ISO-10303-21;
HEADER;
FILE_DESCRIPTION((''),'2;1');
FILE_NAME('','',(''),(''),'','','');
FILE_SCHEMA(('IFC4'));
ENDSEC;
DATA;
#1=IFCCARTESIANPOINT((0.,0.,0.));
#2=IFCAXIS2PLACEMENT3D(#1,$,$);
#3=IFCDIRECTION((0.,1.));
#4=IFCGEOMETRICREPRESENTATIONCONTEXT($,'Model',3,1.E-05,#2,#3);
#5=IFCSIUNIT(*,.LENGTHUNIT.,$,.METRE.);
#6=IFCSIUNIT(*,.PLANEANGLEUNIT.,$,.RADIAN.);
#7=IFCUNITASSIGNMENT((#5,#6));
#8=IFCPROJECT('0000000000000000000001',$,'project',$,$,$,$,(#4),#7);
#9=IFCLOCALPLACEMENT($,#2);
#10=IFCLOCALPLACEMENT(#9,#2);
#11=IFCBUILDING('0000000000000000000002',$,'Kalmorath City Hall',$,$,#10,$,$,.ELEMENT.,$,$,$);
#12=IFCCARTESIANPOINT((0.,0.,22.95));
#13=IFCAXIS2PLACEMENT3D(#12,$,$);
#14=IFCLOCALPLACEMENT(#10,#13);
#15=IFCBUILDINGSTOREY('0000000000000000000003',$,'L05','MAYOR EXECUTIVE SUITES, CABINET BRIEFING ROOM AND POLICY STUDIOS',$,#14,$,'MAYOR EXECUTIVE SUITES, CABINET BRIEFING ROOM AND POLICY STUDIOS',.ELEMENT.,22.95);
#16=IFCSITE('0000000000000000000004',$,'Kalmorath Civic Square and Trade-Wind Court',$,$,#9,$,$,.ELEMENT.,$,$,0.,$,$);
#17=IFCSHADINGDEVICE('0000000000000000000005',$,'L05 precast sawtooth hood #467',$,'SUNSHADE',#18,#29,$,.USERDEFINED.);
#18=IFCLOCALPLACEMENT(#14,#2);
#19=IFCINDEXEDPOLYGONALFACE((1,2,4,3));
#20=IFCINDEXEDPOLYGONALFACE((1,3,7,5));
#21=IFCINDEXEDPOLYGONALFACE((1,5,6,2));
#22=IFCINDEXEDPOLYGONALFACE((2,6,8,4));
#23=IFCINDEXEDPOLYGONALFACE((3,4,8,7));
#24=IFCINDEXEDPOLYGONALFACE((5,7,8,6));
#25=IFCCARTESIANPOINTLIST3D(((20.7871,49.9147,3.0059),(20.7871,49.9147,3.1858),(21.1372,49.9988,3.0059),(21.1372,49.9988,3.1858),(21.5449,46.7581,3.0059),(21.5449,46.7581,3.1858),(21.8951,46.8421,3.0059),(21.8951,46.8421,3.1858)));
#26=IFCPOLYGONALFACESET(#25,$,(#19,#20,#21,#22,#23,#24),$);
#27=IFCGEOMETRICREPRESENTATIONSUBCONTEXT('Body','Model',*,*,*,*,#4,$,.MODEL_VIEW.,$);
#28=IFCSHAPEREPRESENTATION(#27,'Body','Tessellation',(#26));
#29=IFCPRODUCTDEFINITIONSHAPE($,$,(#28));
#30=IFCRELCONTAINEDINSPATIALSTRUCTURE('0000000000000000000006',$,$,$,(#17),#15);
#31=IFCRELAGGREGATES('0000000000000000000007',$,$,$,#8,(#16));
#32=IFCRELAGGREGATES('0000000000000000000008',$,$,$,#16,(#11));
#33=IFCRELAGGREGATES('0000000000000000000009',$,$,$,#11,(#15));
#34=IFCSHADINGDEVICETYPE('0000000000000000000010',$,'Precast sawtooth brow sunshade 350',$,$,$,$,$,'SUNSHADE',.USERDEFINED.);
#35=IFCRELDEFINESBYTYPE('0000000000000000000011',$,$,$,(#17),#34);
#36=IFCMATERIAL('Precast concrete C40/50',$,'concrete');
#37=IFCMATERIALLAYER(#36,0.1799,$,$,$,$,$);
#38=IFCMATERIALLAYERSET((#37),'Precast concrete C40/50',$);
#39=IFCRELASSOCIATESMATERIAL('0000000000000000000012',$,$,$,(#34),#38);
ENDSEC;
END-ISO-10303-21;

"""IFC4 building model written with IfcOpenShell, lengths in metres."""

from ifc_helpers import new_model, si_unit, direction, frame, origin, origin_2d, place, context, subcontext, project, spatial, rectangle, extrude, material, layer, layer_set, type_object, element, save


model = new_model("IFC4")

# Units and contexts
model_context = context("Model", 3, precision=1e-05, world=origin(), true_north=direction((0.0, 1.0)))
body_context = subcontext(model_context, "Body", "Model", "MODEL_VIEW")
ifc_project = project(units=[si_unit("LENGTHUNIT", "METRE"), si_unit("PLANEANGLEUNIT", "RADIAN")], contexts=[model_context])

# Site, building, storey
site_placement = place(None, origin())
site = spatial("IfcSite", under=ifc_project, at=site_placement, Name="Kalmorath Civic Square and Trade-Wind Court", CompositionType="ELEMENT", RefElevation=0.0)
building_placement = place(site_placement, origin())
building = spatial("IfcBuilding", under=site, at=building_placement, Name="Kalmorath City Hall", CompositionType="ELEMENT")
storey_placement = place(building_placement, frame((0.0, 0.0, 22.95)))
storey = spatial("IfcBuildingStorey", under=building, at=storey_placement, Name="L05", Description="MAYOR EXECUTIVE SUITES, CABINET BRIEFING ROOM AND POLICY STUDIOS", LongName="MAYOR EXECUTIVE SUITES, CABINET BRIEFING ROOM AND POLICY STUDIOS", CompositionType="ELEMENT", Elevation=22.95)

# Shading device
ifc_material_1 = material(Name="Precast concrete C40/50", Category="concrete")
ifc_layer_1 = layer(ifc_material_1, 0.1799)
ifc_layer_set_1 = layer_set([ifc_layer_1], Name="Precast concrete C40/50")
shading_device_type = type_object("IfcShadingDeviceType", Name="Precast sawtooth brow sunshade 350", ElementType="SUNSHADE", PredefinedType="USERDEFINED", material=ifc_layer_set_1)
shading_device_placement = place(storey_placement, frame((21.3411, 48.3784, 3.0059), z_axis=(0.0, 0.0, 1.0), x_axis=(0.233445, -0.97237, 0.0)))
element("IfcShadingDevice", 1, at=shading_device_placement, inside=storey, type_object=shading_device_type, Name="L05 precast sawtooth hood #467", ObjectType="SUNSHADE", PredefinedType="USERDEFINED", context=body_context, shape_type="SweptSolid", body=[
    extrude(rectangle(XDim=3.2463, YDim=0.3601, at=origin_2d()), origin(), (0.0, 0.0, 1.0), 0.1799),
])

save(model, "model.ifc")
